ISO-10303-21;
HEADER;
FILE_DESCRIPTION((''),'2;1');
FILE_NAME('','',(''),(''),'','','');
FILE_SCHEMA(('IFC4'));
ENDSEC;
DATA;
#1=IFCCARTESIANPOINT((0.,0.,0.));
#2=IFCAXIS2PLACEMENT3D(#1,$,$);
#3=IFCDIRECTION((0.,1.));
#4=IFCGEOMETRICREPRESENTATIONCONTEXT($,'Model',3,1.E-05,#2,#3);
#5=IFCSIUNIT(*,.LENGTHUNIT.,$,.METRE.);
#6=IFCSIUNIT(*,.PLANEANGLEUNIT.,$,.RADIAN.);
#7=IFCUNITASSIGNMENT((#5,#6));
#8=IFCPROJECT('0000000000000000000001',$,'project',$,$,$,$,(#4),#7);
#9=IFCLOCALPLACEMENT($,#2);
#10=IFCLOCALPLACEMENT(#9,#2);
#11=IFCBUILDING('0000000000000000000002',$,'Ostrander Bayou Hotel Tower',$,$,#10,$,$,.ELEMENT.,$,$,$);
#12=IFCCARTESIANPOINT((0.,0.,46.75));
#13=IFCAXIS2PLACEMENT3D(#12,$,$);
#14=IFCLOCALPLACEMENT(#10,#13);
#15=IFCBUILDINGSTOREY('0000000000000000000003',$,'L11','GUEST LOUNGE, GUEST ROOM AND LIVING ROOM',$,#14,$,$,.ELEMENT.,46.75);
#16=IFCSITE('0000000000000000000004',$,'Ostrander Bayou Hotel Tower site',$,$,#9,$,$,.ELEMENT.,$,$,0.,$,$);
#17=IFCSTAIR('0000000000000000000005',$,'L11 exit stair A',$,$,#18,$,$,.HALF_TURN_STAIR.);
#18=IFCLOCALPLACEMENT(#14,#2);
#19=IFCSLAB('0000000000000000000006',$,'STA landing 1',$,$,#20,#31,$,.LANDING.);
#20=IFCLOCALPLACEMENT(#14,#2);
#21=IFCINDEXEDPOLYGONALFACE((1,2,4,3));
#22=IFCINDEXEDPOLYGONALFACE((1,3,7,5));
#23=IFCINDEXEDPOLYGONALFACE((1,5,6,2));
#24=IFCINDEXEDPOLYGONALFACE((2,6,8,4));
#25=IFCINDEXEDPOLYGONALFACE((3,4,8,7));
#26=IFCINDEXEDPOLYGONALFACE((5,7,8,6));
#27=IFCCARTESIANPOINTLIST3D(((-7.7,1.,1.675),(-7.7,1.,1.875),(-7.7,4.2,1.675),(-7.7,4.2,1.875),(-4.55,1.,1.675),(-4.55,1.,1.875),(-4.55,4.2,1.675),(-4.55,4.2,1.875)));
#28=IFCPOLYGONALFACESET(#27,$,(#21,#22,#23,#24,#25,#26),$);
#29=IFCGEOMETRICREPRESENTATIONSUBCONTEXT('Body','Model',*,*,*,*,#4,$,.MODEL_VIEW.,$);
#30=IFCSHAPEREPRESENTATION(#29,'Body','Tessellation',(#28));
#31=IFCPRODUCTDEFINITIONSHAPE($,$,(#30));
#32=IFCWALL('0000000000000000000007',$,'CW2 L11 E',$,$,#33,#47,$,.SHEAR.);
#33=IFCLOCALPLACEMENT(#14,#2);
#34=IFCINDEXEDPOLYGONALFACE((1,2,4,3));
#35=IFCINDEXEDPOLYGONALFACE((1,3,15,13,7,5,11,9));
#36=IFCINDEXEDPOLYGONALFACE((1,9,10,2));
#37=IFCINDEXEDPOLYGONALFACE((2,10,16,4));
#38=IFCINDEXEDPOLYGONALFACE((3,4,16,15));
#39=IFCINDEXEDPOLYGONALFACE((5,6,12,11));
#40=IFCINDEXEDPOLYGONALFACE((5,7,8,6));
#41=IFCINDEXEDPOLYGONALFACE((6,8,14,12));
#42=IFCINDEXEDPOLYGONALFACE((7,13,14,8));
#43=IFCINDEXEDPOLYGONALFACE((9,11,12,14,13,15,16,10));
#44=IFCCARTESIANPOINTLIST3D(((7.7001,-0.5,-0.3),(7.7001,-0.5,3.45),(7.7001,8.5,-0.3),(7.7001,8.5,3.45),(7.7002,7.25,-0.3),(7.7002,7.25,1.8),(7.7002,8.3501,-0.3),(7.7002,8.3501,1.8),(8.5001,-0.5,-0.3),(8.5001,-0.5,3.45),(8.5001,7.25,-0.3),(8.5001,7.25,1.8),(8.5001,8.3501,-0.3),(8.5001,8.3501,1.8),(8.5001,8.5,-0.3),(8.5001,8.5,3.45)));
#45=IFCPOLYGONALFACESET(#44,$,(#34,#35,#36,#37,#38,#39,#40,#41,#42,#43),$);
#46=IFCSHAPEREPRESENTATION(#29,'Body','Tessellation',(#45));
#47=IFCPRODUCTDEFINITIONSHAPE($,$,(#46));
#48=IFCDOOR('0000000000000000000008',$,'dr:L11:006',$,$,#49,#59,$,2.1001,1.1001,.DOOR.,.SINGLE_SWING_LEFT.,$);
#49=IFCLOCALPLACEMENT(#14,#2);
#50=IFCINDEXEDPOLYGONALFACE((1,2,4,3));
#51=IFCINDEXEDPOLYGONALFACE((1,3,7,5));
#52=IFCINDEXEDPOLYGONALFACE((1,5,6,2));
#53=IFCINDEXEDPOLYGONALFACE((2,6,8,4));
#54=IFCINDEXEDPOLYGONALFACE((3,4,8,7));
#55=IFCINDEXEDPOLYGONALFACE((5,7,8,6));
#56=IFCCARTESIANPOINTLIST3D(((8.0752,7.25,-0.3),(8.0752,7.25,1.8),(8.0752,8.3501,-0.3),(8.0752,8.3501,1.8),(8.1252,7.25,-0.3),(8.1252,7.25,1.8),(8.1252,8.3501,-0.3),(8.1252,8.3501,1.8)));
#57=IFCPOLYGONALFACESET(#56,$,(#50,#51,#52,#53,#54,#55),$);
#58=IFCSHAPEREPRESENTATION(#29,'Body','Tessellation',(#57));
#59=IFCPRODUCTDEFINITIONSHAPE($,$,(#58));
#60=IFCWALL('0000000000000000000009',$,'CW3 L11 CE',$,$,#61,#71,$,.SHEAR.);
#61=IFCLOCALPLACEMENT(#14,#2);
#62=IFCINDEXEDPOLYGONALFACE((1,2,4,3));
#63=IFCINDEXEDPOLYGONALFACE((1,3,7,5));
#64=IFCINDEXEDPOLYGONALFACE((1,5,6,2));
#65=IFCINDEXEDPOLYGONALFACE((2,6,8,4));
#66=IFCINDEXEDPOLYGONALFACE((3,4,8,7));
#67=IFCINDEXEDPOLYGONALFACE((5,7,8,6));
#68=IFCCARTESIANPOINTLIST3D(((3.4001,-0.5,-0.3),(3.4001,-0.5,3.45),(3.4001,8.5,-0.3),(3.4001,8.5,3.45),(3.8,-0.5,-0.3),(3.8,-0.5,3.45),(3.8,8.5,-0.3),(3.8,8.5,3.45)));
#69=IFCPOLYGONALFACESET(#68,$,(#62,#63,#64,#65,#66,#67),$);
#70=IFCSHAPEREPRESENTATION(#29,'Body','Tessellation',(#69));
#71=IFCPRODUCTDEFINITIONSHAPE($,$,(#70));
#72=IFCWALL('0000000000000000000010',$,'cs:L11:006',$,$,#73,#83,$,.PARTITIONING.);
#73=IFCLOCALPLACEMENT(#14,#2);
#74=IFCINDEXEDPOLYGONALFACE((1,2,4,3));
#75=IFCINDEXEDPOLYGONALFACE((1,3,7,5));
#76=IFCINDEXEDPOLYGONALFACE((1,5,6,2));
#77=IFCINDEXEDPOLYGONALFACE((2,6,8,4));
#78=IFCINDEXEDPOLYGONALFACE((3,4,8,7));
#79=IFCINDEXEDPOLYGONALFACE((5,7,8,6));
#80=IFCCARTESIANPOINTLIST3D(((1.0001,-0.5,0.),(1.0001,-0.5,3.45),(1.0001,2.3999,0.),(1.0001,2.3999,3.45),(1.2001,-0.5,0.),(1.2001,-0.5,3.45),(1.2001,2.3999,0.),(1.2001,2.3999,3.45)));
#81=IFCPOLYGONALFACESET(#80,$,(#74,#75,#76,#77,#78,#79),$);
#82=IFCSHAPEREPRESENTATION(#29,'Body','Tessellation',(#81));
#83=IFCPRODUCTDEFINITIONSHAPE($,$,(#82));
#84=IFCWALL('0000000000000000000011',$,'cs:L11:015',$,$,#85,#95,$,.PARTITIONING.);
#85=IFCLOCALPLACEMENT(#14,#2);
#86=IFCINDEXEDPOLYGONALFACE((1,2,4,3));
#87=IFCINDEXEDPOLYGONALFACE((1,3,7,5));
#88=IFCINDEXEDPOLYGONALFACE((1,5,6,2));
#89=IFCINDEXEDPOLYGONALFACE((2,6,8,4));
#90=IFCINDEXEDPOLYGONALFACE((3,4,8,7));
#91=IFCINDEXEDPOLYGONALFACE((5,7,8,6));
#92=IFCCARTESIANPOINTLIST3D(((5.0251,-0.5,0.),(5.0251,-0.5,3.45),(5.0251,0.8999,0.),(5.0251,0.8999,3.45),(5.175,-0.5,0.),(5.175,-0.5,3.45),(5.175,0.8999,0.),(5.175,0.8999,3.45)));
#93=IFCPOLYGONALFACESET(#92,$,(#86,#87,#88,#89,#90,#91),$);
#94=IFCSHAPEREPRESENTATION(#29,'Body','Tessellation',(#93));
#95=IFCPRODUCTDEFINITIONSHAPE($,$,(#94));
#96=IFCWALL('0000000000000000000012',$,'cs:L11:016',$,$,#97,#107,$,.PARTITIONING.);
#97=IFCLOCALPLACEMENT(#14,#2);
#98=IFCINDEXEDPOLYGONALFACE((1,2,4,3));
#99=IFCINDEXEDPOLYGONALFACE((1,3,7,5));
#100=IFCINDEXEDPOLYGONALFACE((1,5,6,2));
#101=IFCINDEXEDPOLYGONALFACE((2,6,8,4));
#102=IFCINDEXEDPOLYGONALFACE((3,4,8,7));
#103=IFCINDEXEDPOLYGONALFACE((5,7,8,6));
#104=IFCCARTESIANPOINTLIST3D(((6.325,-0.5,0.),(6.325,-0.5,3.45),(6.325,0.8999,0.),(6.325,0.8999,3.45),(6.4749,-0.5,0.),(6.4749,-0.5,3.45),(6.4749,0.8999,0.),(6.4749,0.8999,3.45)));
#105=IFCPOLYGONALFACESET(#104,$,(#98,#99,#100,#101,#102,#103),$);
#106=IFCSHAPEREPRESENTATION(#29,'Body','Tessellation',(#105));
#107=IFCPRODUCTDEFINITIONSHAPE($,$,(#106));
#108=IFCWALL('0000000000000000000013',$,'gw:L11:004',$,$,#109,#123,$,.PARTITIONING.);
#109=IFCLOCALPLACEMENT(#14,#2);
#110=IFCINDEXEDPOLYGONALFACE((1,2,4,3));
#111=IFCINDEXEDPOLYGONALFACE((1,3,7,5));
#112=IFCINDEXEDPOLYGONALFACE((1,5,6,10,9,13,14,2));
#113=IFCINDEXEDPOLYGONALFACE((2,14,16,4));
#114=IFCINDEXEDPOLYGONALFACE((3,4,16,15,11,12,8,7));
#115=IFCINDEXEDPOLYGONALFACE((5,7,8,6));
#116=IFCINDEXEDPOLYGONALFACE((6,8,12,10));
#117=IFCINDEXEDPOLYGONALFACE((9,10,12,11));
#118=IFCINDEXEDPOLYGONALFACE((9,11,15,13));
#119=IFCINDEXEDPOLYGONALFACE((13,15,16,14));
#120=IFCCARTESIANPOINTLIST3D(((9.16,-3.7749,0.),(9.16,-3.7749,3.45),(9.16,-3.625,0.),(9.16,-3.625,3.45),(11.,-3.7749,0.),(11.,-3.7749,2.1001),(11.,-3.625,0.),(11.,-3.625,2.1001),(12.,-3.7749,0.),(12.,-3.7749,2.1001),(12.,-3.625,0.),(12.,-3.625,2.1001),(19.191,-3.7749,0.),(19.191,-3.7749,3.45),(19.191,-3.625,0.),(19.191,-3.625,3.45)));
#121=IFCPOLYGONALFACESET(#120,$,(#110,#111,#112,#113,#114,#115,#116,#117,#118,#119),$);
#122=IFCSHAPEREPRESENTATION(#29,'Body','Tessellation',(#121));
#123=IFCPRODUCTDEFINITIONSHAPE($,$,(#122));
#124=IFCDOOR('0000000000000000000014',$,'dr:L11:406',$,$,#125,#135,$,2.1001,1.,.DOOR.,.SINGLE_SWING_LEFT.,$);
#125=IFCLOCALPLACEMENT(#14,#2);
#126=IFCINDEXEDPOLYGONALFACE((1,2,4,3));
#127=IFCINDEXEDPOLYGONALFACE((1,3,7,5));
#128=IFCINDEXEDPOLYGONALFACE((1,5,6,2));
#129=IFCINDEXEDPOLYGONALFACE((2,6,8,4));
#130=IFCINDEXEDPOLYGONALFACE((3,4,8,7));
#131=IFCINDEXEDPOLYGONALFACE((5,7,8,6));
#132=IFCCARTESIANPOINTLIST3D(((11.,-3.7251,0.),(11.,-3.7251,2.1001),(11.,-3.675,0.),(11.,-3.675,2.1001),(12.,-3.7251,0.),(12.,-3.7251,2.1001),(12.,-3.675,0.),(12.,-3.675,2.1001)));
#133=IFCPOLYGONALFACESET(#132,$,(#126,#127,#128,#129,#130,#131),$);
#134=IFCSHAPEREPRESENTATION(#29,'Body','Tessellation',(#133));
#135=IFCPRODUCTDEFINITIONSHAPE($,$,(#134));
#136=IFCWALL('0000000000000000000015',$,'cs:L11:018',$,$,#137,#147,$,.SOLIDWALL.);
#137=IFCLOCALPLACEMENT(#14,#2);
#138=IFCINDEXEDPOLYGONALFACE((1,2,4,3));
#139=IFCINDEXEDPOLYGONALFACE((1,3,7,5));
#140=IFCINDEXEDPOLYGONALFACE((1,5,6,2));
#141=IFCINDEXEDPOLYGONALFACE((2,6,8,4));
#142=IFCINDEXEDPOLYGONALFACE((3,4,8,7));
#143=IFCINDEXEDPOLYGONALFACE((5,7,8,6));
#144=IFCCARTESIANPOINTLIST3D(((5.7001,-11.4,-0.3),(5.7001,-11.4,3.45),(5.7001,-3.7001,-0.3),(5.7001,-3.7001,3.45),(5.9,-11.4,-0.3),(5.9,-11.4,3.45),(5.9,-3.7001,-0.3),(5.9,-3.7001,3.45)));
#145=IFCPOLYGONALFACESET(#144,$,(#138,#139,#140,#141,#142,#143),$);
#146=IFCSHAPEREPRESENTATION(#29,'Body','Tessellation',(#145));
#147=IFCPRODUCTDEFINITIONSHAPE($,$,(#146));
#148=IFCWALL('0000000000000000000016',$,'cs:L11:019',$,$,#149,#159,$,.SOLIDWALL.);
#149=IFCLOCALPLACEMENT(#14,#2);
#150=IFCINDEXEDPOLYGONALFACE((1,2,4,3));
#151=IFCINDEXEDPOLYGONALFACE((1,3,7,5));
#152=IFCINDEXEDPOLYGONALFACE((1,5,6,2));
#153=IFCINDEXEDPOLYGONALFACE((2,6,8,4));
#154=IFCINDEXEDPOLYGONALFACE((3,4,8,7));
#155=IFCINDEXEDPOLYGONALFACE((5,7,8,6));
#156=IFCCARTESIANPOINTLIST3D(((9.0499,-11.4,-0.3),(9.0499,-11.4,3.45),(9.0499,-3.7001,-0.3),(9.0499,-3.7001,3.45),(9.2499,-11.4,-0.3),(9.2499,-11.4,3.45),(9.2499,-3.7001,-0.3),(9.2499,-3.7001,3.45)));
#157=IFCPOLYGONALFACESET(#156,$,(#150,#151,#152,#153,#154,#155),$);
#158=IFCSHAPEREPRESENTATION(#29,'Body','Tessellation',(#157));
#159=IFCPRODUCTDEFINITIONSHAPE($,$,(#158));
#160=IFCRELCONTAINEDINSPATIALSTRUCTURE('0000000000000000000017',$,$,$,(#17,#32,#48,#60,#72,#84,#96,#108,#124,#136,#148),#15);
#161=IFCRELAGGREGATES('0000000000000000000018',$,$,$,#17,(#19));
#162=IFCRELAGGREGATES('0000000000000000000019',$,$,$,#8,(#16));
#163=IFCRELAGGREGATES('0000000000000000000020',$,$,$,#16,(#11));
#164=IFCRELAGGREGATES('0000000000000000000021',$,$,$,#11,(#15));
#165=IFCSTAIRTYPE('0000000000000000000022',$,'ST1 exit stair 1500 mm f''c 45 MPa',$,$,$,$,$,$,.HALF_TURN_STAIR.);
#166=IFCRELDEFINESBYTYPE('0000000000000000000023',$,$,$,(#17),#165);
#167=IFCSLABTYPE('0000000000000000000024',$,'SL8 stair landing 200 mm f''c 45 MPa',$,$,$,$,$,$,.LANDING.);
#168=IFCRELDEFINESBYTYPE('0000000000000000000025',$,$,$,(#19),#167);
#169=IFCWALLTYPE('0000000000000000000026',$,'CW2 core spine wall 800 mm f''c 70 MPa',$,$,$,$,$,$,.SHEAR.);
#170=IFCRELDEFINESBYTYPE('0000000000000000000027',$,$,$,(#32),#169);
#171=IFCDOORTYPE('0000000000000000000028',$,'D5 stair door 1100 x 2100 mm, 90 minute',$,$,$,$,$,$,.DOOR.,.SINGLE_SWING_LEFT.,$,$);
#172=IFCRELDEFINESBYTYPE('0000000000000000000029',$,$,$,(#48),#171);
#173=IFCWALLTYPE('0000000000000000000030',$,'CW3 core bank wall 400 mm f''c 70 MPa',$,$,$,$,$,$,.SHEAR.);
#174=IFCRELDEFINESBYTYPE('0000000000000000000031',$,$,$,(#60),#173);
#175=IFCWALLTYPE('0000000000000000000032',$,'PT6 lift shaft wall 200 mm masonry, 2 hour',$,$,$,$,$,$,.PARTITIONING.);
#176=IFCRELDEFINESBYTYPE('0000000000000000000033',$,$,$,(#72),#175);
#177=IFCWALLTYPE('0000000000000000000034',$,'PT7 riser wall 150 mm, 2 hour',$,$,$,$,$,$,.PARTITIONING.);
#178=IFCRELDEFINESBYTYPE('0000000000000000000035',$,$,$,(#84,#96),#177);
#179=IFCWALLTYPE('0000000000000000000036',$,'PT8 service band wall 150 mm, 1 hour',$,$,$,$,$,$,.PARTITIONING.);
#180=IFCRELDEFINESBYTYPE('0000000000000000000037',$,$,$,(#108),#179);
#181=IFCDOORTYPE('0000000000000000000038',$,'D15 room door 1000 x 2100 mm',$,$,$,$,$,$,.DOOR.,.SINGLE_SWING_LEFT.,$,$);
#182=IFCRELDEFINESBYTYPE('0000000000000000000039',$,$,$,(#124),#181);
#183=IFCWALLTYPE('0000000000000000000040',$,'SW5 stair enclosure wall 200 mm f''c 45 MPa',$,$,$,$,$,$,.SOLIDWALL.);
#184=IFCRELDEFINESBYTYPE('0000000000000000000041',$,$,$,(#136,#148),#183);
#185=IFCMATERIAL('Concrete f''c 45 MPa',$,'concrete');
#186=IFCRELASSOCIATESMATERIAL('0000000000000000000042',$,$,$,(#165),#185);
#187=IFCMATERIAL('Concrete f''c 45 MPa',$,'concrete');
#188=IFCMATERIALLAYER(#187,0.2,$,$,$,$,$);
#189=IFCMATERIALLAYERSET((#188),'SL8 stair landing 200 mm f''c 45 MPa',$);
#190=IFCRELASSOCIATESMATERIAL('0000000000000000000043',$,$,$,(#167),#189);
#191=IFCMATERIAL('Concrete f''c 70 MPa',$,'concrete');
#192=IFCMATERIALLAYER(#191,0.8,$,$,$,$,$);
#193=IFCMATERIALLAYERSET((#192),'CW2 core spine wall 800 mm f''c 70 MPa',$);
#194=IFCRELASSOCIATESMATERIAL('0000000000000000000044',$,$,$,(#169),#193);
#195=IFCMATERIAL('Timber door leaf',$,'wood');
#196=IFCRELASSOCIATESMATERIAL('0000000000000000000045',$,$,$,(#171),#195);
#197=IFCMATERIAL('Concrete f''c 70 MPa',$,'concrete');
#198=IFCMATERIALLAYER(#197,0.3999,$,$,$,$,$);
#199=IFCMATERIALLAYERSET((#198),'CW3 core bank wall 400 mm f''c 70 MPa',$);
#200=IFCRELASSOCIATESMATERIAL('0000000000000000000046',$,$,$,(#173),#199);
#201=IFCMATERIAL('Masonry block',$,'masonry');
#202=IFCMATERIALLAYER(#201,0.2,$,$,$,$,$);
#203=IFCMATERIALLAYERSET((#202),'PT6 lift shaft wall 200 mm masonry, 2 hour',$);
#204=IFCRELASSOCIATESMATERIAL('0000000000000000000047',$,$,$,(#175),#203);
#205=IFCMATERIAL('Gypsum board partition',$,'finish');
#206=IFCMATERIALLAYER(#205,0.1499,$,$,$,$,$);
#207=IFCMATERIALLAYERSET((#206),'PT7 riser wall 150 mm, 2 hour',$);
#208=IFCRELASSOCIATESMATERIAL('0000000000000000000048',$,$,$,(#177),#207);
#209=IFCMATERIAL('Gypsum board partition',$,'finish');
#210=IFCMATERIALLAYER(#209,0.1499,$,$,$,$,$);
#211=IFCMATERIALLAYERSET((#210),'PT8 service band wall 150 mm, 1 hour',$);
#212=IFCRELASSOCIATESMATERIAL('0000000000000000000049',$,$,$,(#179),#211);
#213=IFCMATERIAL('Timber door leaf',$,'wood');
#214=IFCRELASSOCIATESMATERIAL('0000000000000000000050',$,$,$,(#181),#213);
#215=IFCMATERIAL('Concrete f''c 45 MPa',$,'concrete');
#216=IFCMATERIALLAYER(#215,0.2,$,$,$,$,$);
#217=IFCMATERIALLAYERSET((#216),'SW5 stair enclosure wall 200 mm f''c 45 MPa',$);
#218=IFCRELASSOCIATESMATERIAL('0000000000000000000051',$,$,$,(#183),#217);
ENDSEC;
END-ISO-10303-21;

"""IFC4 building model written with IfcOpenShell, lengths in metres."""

from ifc_helpers import new_model, si_unit, direction, frame, frame_2d, origin, place, context, subcontext, project, spatial, polyline, rectangle, outline, extrude, material, layer, layer_set, type_object, element, fill, aggregate, save


model = new_model("IFC4")

# Units and contexts
model_context = context("Model", 3, precision=1e-05, world=origin(), true_north=direction((0.0, 1.0)))
body_context = subcontext(model_context, "Body", "Model", "MODEL_VIEW")
ifc_project = project(units=[si_unit("LENGTHUNIT", "METRE"), si_unit("PLANEANGLEUNIT", "RADIAN")], contexts=[model_context])

# Site, building, storey
site_placement = place(None, origin())
site = spatial("IfcSite", under=ifc_project, at=site_placement, Name="Ostrander Bayou Hotel Tower site", CompositionType="ELEMENT", RefElevation=0.0)
building_placement = place(site_placement, origin())
building = spatial("IfcBuilding", under=site, at=building_placement, Name="Ostrander Bayou Hotel Tower", CompositionType="ELEMENT")
storey_placement = place(building_placement, frame((0.0, 0.0, 46.75)))
storey = spatial("IfcBuildingStorey", under=building, at=storey_placement, Name="L11", Description="GUEST LOUNGE, GUEST ROOM AND LIVING ROOM", CompositionType="ELEMENT", Elevation=46.75)

# Stair, slab
ifc_material_1 = material(Name="Concrete f'c 45 MPa", Category="concrete")
stair_type = type_object("IfcStairType", Name="ST1 exit stair 1500 mm f'c 45 MPa", PredefinedType="HALF_TURN_STAIR", material=ifc_material_1)
stair_placement = place(storey_placement, origin())
stair = element("IfcStair", 1, at=stair_placement, inside=storey, type_object=stair_type, Name="L11 exit stair A", PredefinedType="HALF_TURN_STAIR")
ifc_material_2 = material(Name="Concrete f'c 45 MPa", Category="concrete")
ifc_layer_1 = layer(ifc_material_2, 0.2)
ifc_layer_set_1 = layer_set([ifc_layer_1], Name="SL8 stair landing 200 mm f'c 45 MPa")
slab_type = type_object("IfcSlabType", Name="SL8 stair landing 200 mm f'c 45 MPa", PredefinedType="LANDING", material=ifc_layer_set_1)
slab_placement = place(storey_placement, frame((0.0, 0.0, 1.675)))
slab = element("IfcSlab", 2, at=slab_placement, type_object=slab_type, Name="STA landing 1", PredefinedType="LANDING", context=body_context, shape_type="SweptSolid", body=[
    extrude(outline(polyline([(-7.7, 4.2), (-7.7, 1.0), (-4.55, 1.0), (-4.55, 4.2), (-7.7, 4.2)])), origin(), (0.0, 0.0, 1.0), 0.2),
])
aggregate(stair, [slab])

# Wall, opening, door
ifc_material_3 = material(Name="Concrete f'c 70 MPa", Category="concrete")
ifc_layer_2 = layer(ifc_material_3, 0.8)
ifc_layer_set_2 = layer_set([ifc_layer_2], Name="CW2 core spine wall 800 mm f'c 70 MPa")
wall_type_1 = type_object("IfcWallType", Name="CW2 core spine wall 800 mm f'c 70 MPa", PredefinedType="SHEAR", material=ifc_layer_set_2)
wall_1_placement = place(storey_placement, frame((8.1001, -0.5, -0.3), z_axis=(0.0, 0.0, 1.0), x_axis=(0.0, 1.0, 0.0)))
wall_1 = element("IfcWall", 3, at=wall_1_placement, inside=storey, type_object=wall_type_1, Name="CW2 L11 E", PredefinedType="SHEAR", context=body_context, shape_type="SweptSolid", body=[
    extrude(rectangle(XDim=9.0, YDim=0.8, at=frame_2d((4.5, 0.0))), origin(), (0.0, 0.0, 1.0), 3.75),
])
opening_1_placement = place(wall_1_placement, frame((7.75, 0.0, 0.0)))
opening_1 = element("IfcOpeningElement", 4, at=opening_1_placement, cuts=wall_1, PredefinedType="OPENING", context=body_context, shape_type="SweptSolid", body=[
    extrude(rectangle(XDim=1.1001, YDim=2.1001, at=frame_2d((0.55, 1.05))), frame((0.0, 0.3999, 0.0), z_axis=(0.0, -1.0, 0.0), x_axis=(1.0, 0.0, 0.0)), (0.0, 0.0, 1.0), 0.8),
])
ifc_material_4 = material(Name="Timber door leaf", Category="wood")
door_type_1 = type_object("IfcDoorType", Name="D5 stair door 1100 x 2100 mm, 90 minute", OperationType="SINGLE_SWING_LEFT", PredefinedType="DOOR", material=ifc_material_4)
door_1_placement = place(opening_1_placement, origin())
door_1 = element("IfcDoor", 5, at=door_1_placement, inside=storey, type_object=door_type_1, Name="dr:L11:006", OperationType="SINGLE_SWING_LEFT", OverallHeight=2.1001, OverallWidth=1.1001, PredefinedType="DOOR", context=body_context, shape_type="SweptSolid", body=[
    extrude(rectangle(XDim=1.1001, YDim=2.1001, at=frame_2d((0.55, 1.05))), frame((0.0, 0.0249, 0.0), z_axis=(0.0, -1.0, 0.0), x_axis=(1.0, 0.0, 0.0)), (0.0, 0.0, 1.0), 0.05),
])
fill(opening_1, door_1)

# Walls
ifc_material_5 = material(Name="Concrete f'c 70 MPa", Category="concrete")
ifc_layer_3 = layer(ifc_material_5, 0.3999)
ifc_layer_set_3 = layer_set([ifc_layer_3], Name="CW3 core bank wall 400 mm f'c 70 MPa")
wall_type_2 = type_object("IfcWallType", Name="CW3 core bank wall 400 mm f'c 70 MPa", PredefinedType="SHEAR", material=ifc_layer_set_3)
wall_2_placement = place(storey_placement, frame((3.6001, -0.5, -0.3), z_axis=(0.0, 0.0, 1.0), x_axis=(0.0, 1.0, 0.0)))
element("IfcWall", 6, at=wall_2_placement, inside=storey, type_object=wall_type_2, Name="CW3 L11 CE", PredefinedType="SHEAR", context=body_context, shape_type="SweptSolid", body=[
    extrude(rectangle(XDim=9.0, YDim=0.3999, at=frame_2d((4.5, 0.0))), origin(), (0.0, 0.0, 1.0), 3.75),
])
ifc_material_6 = material(Name="Masonry block", Category="masonry")
ifc_layer_4 = layer(ifc_material_6, 0.2)
ifc_layer_set_4 = layer_set([ifc_layer_4], Name="PT6 lift shaft wall 200 mm masonry, 2 hour")
wall_type_3 = type_object("IfcWallType", Name="PT6 lift shaft wall 200 mm masonry, 2 hour", PredefinedType="PARTITIONING", material=ifc_layer_set_4)
wall_3_placement = place(storey_placement, frame((1.1001, -0.5, 0.0), z_axis=(0.0, 0.0, 1.0), x_axis=(0.0, 1.0, 0.0)))
element("IfcWall", 7, at=wall_3_placement, inside=storey, type_object=wall_type_3, Name="cs:L11:006", PredefinedType="PARTITIONING", context=body_context, shape_type="SweptSolid", body=[
    extrude(rectangle(XDim=2.8999, YDim=0.2, at=frame_2d((1.45, 0.0))), origin(), (0.0, 0.0, 1.0), 3.45),
])
ifc_material_7 = material(Name="Gypsum board partition", Category="finish")
ifc_layer_5 = layer(ifc_material_7, 0.1499)
ifc_layer_set_5 = layer_set([ifc_layer_5], Name="PT7 riser wall 150 mm, 2 hour")
wall_type_4 = type_object("IfcWallType", Name="PT7 riser wall 150 mm, 2 hour", PredefinedType="PARTITIONING", material=ifc_layer_set_5)
for number, where, z_axis, x_axis, name in (
    (8, (5.1001, -0.5, 0.0), (0.0, 0.0, 1.0), (0.0, 1.0, 0.0), "cs:L11:015"),
    (9, (6.3999, -0.5, 0.0), (0.0, 0.0, 1.0), (0.0, 1.0, 0.0), "cs:L11:016"),
):
    element("IfcWall", number, at=place(storey_placement, frame(where, z_axis=z_axis, x_axis=x_axis)), inside=storey, type_object=wall_type_4, Name=name, PredefinedType="PARTITIONING", context=body_context, shape_type="SweptSolid", body=[
        extrude(rectangle(XDim=1.3999, YDim=0.1499, at=frame_2d((0.7, 0.0))), origin(), (0.0, 0.0, 1.0), 3.45),
    ])

# Wall, opening, door
ifc_material_8 = material(Name="Gypsum board partition", Category="finish")
ifc_layer_6 = layer(ifc_material_8, 0.1499)
ifc_layer_set_6 = layer_set([ifc_layer_6], Name="PT8 service band wall 150 mm, 1 hour")
wall_type_5 = type_object("IfcWallType", Name="PT8 service band wall 150 mm, 1 hour", PredefinedType="PARTITIONING", material=ifc_layer_set_6)
wall_4_placement = place(storey_placement, frame((9.1599, -3.7, 0.0), z_axis=(0.0, 0.0, 1.0), x_axis=(1.0, 0.0, 0.0)))
wall_4 = element("IfcWall", 10, at=wall_4_placement, inside=storey, type_object=wall_type_5, Name="gw:L11:004", PredefinedType="PARTITIONING", context=body_context, shape_type="SweptSolid", body=[
    extrude(rectangle(XDim=10.031, YDim=0.1499, at=frame_2d((5.0156, 0.0))), origin(), (0.0, 0.0, 1.0), 3.45),
])
opening_2_placement = place(wall_4_placement, frame((1.8401, 0.0, 0.0)))
opening_2 = element("IfcOpeningElement", 11, at=opening_2_placement, cuts=wall_4, PredefinedType="OPENING", context=body_context, shape_type="SweptSolid", body=[
    extrude(rectangle(XDim=1.0, YDim=2.1001, at=frame_2d((0.5, 1.05))), frame((0.0, 0.075, 0.0), z_axis=(0.0, -1.0, 0.0), x_axis=(1.0, 0.0, 0.0)), (0.0, 0.0, 1.0), 0.1499),
])
ifc_material_9 = material(Name="Timber door leaf", Category="wood")
door_type_2 = type_object("IfcDoorType", Name="D15 room door 1000 x 2100 mm", OperationType="SINGLE_SWING_LEFT", PredefinedType="DOOR", material=ifc_material_9)
door_2_placement = place(opening_2_placement, origin())
door_2 = element("IfcDoor", 12, at=door_2_placement, inside=storey, type_object=door_type_2, Name="dr:L11:406", OperationType="SINGLE_SWING_LEFT", OverallHeight=2.1001, OverallWidth=1.0, PredefinedType="DOOR", context=body_context, shape_type="SweptSolid", body=[
    extrude(rectangle(XDim=1.0, YDim=2.1001, at=frame_2d((0.5, 1.05))), frame((0.0, 0.0249, 0.0), z_axis=(0.0, -1.0, 0.0), x_axis=(1.0, 0.0, 0.0)), (0.0, 0.0, 1.0), 0.05),
])
fill(opening_2, door_2)
ifc_material_10 = material(Name="Concrete f'c 45 MPa", Category="concrete")
ifc_layer_7 = layer(ifc_material_10, 0.2)
ifc_layer_set_7 = layer_set([ifc_layer_7], Name="SW5 stair enclosure wall 200 mm f'c 45 MPa")
wall_type_6 = type_object("IfcWallType", Name="SW5 stair enclosure wall 200 mm f'c 45 MPa", PredefinedType="SOLIDWALL", material=ifc_layer_set_7)

# Walls
for number, where, z_axis, x_axis, name in (
    (13, (5.8, -3.7, -0.3), (0.0, 0.0, 1.0), (0.0, -1.0, 0.0), "cs:L11:018"),
    (14, (9.1499, -3.7, -0.3), (0.0, 0.0, 1.0), (0.0, -1.0, 0.0), "cs:L11:019"),
):
    element("IfcWall", number, at=place(storey_placement, frame(where, z_axis=z_axis, x_axis=x_axis)), inside=storey, type_object=wall_type_6, Name=name, PredefinedType="SOLIDWALL", context=body_context, shape_type="SweptSolid", body=[
        extrude(rectangle(XDim=7.7, YDim=0.2, at=frame_2d((3.8501, 0.0))), origin(), (0.0, 0.0, 1.0), 3.75),
    ])

save(model, "model.ifc")
